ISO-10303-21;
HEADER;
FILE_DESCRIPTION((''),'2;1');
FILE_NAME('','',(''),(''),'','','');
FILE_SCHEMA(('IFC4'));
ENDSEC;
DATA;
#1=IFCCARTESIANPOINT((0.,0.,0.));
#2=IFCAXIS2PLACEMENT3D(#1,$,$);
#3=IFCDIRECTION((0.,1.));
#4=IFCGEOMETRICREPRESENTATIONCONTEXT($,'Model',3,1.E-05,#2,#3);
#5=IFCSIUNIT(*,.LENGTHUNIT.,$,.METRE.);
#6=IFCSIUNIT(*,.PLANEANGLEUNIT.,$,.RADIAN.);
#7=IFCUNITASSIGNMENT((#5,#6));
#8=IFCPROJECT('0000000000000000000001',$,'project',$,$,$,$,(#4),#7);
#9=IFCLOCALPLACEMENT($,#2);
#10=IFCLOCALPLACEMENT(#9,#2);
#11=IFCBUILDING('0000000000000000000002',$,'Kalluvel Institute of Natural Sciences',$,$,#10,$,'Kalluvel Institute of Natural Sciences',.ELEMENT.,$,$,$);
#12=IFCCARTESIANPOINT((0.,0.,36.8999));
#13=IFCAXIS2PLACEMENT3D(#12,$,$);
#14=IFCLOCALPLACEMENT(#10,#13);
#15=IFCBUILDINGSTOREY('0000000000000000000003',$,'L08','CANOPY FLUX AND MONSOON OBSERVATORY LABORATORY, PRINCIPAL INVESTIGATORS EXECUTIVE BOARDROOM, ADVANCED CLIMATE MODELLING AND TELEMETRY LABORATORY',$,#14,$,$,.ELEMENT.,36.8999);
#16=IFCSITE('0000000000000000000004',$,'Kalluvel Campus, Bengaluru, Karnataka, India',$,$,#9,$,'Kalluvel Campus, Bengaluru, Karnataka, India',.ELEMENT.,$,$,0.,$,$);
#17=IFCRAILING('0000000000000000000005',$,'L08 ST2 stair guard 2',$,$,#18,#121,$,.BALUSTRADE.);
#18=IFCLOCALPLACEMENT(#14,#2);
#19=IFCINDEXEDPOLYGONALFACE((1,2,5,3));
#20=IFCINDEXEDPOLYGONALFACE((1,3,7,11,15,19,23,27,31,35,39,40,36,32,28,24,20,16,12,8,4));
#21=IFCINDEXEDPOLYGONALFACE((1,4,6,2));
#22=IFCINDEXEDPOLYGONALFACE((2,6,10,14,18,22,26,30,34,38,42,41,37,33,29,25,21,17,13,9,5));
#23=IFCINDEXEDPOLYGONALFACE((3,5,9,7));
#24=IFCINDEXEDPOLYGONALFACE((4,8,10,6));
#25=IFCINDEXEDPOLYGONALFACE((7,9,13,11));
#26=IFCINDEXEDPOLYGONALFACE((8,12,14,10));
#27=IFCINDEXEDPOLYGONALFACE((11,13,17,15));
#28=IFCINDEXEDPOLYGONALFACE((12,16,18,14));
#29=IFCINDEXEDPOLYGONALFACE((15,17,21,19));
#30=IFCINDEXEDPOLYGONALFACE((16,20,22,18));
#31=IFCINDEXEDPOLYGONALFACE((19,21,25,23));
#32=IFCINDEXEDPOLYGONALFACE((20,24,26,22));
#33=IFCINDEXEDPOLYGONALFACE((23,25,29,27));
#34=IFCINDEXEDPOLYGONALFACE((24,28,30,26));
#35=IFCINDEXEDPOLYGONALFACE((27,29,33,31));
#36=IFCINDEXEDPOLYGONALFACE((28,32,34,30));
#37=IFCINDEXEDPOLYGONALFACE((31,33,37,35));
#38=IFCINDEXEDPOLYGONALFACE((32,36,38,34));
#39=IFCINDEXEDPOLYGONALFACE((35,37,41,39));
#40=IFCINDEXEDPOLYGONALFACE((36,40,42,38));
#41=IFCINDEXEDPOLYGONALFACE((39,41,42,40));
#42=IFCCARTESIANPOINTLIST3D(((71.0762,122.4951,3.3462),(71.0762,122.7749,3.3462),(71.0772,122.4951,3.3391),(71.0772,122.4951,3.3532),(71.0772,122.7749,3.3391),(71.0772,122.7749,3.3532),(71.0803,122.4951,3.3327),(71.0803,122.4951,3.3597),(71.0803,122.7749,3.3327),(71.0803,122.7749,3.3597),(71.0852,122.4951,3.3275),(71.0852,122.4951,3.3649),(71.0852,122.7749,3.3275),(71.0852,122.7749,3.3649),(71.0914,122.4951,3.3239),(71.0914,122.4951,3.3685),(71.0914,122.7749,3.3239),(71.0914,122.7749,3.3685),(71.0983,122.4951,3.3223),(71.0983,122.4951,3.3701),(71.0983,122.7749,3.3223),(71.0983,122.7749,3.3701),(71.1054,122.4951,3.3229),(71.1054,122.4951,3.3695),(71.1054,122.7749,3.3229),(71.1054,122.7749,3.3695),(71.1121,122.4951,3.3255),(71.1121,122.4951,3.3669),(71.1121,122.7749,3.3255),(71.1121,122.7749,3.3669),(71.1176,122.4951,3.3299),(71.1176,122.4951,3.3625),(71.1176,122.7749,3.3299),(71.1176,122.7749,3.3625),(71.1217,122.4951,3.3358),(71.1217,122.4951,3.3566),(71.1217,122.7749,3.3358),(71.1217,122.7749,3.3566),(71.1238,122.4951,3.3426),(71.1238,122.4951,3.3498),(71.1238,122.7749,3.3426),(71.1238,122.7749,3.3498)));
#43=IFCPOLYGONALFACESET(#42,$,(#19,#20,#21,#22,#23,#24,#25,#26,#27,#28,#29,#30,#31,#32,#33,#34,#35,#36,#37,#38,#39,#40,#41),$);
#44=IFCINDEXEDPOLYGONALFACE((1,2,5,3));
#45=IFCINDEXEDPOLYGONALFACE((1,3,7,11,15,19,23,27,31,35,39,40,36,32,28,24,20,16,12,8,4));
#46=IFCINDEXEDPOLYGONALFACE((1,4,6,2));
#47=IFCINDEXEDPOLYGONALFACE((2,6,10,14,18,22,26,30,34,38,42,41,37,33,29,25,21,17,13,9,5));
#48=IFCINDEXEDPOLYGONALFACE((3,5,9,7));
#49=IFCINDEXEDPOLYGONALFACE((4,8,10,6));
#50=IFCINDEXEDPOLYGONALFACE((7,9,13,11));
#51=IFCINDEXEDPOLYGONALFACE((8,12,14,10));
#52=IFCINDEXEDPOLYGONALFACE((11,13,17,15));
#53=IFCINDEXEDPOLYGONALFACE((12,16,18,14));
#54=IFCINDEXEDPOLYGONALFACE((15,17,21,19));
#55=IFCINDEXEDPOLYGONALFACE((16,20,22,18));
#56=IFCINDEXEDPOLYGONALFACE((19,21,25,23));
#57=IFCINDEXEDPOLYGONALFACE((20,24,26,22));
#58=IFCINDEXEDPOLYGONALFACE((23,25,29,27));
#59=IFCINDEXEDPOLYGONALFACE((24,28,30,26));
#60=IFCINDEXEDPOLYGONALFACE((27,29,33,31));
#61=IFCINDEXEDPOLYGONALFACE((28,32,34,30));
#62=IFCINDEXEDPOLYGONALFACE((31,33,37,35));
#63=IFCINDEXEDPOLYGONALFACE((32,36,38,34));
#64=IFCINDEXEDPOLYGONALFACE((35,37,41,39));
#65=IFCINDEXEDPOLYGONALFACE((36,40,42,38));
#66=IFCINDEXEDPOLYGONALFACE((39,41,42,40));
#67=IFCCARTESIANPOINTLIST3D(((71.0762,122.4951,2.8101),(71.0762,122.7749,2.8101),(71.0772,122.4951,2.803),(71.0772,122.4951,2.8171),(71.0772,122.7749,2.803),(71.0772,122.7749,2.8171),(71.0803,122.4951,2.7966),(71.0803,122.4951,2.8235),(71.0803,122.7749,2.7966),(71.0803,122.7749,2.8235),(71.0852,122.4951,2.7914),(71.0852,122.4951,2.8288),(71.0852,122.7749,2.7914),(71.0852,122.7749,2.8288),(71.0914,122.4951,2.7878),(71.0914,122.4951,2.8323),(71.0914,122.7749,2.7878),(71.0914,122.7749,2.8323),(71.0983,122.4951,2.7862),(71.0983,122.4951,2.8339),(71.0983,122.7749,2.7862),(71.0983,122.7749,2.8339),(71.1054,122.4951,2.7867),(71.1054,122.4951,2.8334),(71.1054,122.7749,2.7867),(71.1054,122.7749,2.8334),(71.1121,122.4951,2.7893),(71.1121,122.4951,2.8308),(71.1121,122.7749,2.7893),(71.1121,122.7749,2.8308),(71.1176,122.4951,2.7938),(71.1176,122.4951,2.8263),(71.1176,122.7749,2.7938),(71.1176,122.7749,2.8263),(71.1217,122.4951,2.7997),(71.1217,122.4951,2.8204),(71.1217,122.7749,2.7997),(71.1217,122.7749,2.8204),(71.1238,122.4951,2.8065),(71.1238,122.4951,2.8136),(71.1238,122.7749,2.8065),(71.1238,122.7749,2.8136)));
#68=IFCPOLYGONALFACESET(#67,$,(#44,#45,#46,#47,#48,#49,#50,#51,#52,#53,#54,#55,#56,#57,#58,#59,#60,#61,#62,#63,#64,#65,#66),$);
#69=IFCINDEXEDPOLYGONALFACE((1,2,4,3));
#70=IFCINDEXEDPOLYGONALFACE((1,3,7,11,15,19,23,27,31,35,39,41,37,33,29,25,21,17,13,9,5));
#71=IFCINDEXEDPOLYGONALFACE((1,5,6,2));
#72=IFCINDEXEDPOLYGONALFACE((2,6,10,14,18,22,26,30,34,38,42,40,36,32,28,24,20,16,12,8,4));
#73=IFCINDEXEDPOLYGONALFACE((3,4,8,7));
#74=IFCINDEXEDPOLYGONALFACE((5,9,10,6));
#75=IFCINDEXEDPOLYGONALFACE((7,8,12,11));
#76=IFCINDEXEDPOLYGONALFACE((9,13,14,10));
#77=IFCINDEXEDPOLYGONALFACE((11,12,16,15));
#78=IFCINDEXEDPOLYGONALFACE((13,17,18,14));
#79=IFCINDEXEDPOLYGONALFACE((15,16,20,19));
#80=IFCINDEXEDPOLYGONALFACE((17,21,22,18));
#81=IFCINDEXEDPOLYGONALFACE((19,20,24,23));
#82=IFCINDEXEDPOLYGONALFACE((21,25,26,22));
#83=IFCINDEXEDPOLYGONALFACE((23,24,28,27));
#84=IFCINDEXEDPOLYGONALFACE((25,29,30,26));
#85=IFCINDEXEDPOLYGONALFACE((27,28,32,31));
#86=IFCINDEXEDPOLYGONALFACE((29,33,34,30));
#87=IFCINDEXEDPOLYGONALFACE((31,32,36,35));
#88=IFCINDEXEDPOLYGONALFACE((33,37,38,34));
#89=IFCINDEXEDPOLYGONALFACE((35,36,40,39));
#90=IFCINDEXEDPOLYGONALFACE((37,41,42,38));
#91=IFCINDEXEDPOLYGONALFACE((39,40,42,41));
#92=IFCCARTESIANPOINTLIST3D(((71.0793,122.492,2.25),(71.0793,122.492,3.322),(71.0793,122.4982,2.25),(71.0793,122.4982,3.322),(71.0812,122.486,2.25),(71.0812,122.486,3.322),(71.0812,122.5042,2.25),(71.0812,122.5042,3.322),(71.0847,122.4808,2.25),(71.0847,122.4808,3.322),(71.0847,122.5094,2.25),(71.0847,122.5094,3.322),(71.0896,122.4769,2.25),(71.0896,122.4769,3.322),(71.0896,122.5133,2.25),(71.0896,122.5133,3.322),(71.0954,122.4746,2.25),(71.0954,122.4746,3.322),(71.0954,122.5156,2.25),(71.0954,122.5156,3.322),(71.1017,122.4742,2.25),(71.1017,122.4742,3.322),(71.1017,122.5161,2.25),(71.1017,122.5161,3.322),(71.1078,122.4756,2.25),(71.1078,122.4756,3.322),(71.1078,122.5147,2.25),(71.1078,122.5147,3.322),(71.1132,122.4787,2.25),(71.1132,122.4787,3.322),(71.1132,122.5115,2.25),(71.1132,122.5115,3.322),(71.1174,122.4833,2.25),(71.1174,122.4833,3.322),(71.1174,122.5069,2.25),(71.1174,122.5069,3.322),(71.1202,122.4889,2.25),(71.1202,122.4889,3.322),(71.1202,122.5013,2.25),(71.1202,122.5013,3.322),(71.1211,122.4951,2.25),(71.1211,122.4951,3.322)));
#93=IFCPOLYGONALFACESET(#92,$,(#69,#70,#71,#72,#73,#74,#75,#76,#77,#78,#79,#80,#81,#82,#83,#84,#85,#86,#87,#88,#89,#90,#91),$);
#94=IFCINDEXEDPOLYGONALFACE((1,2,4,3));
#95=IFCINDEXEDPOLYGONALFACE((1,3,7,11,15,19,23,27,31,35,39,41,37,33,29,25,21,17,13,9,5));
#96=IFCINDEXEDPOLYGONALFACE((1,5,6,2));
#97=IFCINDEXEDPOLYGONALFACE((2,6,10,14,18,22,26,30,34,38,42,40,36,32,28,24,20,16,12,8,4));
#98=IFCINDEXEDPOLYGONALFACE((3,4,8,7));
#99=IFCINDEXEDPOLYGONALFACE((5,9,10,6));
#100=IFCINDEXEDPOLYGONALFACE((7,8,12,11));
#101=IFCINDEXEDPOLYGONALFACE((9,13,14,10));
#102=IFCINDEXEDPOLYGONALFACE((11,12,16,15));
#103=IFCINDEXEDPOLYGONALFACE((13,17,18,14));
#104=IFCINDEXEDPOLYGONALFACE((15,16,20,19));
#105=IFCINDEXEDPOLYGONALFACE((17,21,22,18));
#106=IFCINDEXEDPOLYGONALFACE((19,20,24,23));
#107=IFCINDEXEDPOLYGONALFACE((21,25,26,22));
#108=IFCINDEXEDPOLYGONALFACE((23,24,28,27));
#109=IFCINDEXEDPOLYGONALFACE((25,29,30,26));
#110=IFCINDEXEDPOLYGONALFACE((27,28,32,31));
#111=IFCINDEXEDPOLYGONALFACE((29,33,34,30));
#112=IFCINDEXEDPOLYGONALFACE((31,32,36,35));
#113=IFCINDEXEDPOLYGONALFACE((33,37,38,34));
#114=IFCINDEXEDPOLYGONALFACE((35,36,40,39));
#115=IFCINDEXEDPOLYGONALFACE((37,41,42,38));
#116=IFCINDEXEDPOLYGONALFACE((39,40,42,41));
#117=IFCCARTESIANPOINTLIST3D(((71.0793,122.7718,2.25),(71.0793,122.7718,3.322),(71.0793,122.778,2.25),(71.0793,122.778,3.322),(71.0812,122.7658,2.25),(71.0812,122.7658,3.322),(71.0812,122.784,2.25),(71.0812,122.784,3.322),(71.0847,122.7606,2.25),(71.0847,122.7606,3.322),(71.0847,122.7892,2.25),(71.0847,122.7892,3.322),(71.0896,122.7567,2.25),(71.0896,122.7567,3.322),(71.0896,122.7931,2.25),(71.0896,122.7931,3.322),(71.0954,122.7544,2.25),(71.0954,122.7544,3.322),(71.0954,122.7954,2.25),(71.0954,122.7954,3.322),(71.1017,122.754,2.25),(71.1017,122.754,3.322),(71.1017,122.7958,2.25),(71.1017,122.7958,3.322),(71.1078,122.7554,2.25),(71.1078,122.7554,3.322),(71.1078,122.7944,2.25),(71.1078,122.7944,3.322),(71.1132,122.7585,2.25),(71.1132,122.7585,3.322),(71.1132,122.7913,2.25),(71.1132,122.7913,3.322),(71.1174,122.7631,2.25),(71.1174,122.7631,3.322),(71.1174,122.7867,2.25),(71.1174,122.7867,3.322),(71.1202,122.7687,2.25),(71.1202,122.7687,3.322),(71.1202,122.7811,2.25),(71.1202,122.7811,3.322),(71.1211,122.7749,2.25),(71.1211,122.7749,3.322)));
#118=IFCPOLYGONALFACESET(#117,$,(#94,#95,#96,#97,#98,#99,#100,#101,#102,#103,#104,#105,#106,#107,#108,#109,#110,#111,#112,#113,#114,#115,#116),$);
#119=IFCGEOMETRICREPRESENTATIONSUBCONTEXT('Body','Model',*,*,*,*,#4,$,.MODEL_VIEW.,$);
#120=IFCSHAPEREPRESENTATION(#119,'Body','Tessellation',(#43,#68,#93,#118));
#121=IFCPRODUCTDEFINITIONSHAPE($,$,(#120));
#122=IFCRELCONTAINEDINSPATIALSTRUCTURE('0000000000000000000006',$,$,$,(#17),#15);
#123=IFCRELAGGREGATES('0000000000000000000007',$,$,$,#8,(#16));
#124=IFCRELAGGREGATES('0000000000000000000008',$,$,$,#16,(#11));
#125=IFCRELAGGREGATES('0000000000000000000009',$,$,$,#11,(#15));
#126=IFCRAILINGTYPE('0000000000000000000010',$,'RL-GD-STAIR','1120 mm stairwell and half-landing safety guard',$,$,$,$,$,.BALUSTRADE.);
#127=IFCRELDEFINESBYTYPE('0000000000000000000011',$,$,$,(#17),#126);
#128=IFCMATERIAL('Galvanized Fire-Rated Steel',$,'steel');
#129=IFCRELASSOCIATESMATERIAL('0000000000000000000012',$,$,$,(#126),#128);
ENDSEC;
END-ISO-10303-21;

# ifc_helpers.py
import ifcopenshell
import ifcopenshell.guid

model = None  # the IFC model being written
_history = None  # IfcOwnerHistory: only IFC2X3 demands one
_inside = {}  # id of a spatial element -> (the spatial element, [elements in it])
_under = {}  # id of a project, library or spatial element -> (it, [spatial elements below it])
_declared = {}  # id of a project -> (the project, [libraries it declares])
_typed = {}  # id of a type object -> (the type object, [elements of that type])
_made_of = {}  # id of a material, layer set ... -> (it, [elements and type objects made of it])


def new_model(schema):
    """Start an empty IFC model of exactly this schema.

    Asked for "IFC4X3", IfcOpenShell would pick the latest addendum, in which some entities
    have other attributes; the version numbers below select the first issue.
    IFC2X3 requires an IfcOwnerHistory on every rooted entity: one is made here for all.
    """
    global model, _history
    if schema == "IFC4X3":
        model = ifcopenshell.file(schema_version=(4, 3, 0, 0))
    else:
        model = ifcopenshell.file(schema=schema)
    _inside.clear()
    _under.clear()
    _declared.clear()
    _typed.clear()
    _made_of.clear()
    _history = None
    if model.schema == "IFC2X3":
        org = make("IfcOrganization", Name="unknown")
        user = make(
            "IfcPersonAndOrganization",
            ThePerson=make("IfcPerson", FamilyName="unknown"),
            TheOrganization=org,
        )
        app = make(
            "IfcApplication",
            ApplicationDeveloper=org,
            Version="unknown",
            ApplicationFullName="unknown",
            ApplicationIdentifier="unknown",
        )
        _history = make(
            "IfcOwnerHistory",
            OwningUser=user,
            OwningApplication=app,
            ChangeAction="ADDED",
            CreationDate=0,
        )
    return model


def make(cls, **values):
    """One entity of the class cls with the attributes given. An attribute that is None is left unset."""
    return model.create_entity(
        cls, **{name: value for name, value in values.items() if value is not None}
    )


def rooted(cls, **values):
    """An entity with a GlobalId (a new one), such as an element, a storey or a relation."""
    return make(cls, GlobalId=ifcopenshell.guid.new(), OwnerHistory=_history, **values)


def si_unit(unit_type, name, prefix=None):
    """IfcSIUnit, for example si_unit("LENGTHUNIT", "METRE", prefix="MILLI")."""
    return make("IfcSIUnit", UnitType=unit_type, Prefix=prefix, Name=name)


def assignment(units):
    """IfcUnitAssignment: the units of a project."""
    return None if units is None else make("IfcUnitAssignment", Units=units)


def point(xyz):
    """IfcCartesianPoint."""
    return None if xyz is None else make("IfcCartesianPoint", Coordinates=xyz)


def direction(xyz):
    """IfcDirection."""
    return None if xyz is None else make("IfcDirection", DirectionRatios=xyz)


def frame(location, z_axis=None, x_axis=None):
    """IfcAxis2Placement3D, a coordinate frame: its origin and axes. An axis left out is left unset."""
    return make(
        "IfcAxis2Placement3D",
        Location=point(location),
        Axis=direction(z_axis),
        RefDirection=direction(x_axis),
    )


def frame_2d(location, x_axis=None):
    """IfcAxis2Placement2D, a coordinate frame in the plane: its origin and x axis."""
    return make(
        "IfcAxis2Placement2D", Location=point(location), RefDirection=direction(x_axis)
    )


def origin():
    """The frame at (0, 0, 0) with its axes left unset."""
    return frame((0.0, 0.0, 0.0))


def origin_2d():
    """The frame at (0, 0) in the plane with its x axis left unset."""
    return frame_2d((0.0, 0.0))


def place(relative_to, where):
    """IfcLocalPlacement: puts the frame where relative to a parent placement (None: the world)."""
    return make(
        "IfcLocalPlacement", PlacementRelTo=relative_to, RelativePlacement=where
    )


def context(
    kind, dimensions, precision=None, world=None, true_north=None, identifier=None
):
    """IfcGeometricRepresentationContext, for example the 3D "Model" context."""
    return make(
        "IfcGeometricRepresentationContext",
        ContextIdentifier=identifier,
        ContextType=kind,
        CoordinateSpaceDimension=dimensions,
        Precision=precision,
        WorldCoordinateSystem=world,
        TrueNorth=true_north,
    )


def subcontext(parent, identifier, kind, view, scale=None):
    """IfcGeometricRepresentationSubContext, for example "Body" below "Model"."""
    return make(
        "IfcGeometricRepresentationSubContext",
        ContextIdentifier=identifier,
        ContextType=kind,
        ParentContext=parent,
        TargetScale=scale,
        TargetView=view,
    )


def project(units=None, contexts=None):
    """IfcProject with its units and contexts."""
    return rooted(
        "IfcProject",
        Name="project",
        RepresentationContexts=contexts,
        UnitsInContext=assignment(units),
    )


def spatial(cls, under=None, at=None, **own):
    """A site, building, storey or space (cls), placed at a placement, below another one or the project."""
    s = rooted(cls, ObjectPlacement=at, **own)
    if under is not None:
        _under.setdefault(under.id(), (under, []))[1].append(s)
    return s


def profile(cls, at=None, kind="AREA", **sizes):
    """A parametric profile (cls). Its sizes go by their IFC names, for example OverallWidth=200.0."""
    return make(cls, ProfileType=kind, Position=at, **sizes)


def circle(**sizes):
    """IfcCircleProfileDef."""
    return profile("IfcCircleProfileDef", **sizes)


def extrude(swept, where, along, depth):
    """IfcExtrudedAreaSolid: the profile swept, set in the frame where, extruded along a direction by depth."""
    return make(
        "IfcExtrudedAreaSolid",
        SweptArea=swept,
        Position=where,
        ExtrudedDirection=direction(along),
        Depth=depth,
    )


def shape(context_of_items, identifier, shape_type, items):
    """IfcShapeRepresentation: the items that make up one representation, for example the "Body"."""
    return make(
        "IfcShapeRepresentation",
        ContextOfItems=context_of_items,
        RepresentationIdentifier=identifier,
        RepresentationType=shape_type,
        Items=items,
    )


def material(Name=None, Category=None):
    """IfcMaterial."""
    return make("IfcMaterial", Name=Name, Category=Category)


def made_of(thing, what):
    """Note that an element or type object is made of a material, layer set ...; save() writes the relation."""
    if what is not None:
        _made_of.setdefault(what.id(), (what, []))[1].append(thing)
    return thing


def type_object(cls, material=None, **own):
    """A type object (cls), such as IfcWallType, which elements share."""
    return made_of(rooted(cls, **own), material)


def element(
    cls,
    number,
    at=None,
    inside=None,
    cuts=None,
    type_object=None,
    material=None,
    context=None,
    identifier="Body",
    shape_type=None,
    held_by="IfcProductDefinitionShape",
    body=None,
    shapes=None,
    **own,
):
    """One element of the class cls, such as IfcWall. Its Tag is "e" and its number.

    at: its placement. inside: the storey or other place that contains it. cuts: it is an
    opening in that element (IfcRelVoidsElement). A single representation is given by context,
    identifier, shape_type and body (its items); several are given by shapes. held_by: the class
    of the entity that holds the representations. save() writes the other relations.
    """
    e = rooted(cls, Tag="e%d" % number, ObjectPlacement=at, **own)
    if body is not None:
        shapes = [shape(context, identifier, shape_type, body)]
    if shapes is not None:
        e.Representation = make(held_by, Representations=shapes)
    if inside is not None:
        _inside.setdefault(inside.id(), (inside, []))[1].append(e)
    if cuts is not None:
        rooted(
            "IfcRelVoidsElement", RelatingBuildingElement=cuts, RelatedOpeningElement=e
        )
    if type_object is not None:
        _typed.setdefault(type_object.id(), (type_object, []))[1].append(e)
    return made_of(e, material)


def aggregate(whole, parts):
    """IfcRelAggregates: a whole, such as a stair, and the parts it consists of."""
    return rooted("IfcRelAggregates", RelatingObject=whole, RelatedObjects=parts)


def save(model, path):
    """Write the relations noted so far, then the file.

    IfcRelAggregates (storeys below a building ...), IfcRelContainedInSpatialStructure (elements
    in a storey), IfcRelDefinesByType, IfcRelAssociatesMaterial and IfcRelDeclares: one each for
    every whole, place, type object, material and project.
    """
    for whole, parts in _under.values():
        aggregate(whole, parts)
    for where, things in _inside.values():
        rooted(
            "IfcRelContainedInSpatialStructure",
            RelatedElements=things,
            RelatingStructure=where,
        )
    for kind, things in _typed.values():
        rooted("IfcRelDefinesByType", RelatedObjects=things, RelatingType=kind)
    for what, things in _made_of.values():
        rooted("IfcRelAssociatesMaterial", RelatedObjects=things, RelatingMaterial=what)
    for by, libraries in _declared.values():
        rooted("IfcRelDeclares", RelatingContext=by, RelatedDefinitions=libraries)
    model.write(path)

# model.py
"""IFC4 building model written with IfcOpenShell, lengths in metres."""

from ifc_helpers import new_model, si_unit, direction, frame, origin, origin_2d, place, context, subcontext, project, spatial, circle, extrude, material, type_object, element, save


model = new_model("IFC4")

# Units and contexts
model_context = context("Model", 3, precision=1e-05, world=origin(), true_north=direction((0.0, 1.0)))
body_context = subcontext(model_context, "Body", "Model", "MODEL_VIEW")
ifc_project = project(units=[si_unit("LENGTHUNIT", "METRE"), si_unit("PLANEANGLEUNIT", "RADIAN")], contexts=[model_context])

# Site, building, storey
site_placement = place(None, origin())
site = spatial("IfcSite", under=ifc_project, at=site_placement, Name="Kalluvel Campus, Bengaluru, Karnataka, India", LongName="Kalluvel Campus, Bengaluru, Karnataka, India", CompositionType="ELEMENT", RefElevation=0.0)
building_placement = place(site_placement, origin())
building = spatial("IfcBuilding", under=site, at=building_placement, Name="Kalluvel Institute of Natural Sciences", LongName="Kalluvel Institute of Natural Sciences", CompositionType="ELEMENT")
storey_placement = place(building_placement, frame((0.0, 0.0, 36.8999)))
storey = spatial("IfcBuildingStorey", under=building, at=storey_placement, Name="L08", Description="CANOPY FLUX AND MONSOON OBSERVATORY LABORATORY, PRINCIPAL INVESTIGATORS EXECUTIVE BOARDROOM, ADVANCED CLIMATE MODELLING AND TELEMETRY LABORATORY", CompositionType="ELEMENT", Elevation=36.8999)

# Shared definitions
ifc_material_1 = material(Name="Galvanized Fire-Rated Steel", Category="steel")

# Railing
railing_type_1 = type_object("IfcRailingType", Name="RL-GD-STAIR", Description="1120 mm stairwell and half-landing safety guard", PredefinedType="BALUSTRADE", material=ifc_material_1)
railing_1_placement = place(storey_placement, frame((71.1001, 122.4951, 2.25)))
element("IfcRailing", 1, at=railing_1_placement, inside=storey, type_object=railing_type_1, Name="L08 ST2 stair guard 2", PredefinedType="BALUSTRADE", context=body_context, shape_type="SweptSolid", body=[
    extrude(circle(Radius=0.0239, at=origin_2d()), frame((0.0, 0.0, 1.0962), z_axis=(0.0, 1.0, 0.0), x_axis=(-1.0, 0.0, 0.0)), (0.0, 0.0, 1.0), 0.2798),
    extrude(circle(Radius=0.0239, at=origin_2d()), frame((0.0, 0.0, 0.5601), z_axis=(0.0, 1.0, 0.0), x_axis=(-1.0, 0.0, 0.0)), (0.0, 0.0, 1.0), 0.2798),
    extrude(circle(Radius=0.021, at=origin_2d()), origin(), (0.0, 0.0, 1.0), 1.072),
    extrude(circle(Radius=0.021, at=origin_2d()), frame((0.0, 0.2798, 0.0)), (0.0, 0.0, 1.0), 1.072),
])

save(model, "model.ifc")
